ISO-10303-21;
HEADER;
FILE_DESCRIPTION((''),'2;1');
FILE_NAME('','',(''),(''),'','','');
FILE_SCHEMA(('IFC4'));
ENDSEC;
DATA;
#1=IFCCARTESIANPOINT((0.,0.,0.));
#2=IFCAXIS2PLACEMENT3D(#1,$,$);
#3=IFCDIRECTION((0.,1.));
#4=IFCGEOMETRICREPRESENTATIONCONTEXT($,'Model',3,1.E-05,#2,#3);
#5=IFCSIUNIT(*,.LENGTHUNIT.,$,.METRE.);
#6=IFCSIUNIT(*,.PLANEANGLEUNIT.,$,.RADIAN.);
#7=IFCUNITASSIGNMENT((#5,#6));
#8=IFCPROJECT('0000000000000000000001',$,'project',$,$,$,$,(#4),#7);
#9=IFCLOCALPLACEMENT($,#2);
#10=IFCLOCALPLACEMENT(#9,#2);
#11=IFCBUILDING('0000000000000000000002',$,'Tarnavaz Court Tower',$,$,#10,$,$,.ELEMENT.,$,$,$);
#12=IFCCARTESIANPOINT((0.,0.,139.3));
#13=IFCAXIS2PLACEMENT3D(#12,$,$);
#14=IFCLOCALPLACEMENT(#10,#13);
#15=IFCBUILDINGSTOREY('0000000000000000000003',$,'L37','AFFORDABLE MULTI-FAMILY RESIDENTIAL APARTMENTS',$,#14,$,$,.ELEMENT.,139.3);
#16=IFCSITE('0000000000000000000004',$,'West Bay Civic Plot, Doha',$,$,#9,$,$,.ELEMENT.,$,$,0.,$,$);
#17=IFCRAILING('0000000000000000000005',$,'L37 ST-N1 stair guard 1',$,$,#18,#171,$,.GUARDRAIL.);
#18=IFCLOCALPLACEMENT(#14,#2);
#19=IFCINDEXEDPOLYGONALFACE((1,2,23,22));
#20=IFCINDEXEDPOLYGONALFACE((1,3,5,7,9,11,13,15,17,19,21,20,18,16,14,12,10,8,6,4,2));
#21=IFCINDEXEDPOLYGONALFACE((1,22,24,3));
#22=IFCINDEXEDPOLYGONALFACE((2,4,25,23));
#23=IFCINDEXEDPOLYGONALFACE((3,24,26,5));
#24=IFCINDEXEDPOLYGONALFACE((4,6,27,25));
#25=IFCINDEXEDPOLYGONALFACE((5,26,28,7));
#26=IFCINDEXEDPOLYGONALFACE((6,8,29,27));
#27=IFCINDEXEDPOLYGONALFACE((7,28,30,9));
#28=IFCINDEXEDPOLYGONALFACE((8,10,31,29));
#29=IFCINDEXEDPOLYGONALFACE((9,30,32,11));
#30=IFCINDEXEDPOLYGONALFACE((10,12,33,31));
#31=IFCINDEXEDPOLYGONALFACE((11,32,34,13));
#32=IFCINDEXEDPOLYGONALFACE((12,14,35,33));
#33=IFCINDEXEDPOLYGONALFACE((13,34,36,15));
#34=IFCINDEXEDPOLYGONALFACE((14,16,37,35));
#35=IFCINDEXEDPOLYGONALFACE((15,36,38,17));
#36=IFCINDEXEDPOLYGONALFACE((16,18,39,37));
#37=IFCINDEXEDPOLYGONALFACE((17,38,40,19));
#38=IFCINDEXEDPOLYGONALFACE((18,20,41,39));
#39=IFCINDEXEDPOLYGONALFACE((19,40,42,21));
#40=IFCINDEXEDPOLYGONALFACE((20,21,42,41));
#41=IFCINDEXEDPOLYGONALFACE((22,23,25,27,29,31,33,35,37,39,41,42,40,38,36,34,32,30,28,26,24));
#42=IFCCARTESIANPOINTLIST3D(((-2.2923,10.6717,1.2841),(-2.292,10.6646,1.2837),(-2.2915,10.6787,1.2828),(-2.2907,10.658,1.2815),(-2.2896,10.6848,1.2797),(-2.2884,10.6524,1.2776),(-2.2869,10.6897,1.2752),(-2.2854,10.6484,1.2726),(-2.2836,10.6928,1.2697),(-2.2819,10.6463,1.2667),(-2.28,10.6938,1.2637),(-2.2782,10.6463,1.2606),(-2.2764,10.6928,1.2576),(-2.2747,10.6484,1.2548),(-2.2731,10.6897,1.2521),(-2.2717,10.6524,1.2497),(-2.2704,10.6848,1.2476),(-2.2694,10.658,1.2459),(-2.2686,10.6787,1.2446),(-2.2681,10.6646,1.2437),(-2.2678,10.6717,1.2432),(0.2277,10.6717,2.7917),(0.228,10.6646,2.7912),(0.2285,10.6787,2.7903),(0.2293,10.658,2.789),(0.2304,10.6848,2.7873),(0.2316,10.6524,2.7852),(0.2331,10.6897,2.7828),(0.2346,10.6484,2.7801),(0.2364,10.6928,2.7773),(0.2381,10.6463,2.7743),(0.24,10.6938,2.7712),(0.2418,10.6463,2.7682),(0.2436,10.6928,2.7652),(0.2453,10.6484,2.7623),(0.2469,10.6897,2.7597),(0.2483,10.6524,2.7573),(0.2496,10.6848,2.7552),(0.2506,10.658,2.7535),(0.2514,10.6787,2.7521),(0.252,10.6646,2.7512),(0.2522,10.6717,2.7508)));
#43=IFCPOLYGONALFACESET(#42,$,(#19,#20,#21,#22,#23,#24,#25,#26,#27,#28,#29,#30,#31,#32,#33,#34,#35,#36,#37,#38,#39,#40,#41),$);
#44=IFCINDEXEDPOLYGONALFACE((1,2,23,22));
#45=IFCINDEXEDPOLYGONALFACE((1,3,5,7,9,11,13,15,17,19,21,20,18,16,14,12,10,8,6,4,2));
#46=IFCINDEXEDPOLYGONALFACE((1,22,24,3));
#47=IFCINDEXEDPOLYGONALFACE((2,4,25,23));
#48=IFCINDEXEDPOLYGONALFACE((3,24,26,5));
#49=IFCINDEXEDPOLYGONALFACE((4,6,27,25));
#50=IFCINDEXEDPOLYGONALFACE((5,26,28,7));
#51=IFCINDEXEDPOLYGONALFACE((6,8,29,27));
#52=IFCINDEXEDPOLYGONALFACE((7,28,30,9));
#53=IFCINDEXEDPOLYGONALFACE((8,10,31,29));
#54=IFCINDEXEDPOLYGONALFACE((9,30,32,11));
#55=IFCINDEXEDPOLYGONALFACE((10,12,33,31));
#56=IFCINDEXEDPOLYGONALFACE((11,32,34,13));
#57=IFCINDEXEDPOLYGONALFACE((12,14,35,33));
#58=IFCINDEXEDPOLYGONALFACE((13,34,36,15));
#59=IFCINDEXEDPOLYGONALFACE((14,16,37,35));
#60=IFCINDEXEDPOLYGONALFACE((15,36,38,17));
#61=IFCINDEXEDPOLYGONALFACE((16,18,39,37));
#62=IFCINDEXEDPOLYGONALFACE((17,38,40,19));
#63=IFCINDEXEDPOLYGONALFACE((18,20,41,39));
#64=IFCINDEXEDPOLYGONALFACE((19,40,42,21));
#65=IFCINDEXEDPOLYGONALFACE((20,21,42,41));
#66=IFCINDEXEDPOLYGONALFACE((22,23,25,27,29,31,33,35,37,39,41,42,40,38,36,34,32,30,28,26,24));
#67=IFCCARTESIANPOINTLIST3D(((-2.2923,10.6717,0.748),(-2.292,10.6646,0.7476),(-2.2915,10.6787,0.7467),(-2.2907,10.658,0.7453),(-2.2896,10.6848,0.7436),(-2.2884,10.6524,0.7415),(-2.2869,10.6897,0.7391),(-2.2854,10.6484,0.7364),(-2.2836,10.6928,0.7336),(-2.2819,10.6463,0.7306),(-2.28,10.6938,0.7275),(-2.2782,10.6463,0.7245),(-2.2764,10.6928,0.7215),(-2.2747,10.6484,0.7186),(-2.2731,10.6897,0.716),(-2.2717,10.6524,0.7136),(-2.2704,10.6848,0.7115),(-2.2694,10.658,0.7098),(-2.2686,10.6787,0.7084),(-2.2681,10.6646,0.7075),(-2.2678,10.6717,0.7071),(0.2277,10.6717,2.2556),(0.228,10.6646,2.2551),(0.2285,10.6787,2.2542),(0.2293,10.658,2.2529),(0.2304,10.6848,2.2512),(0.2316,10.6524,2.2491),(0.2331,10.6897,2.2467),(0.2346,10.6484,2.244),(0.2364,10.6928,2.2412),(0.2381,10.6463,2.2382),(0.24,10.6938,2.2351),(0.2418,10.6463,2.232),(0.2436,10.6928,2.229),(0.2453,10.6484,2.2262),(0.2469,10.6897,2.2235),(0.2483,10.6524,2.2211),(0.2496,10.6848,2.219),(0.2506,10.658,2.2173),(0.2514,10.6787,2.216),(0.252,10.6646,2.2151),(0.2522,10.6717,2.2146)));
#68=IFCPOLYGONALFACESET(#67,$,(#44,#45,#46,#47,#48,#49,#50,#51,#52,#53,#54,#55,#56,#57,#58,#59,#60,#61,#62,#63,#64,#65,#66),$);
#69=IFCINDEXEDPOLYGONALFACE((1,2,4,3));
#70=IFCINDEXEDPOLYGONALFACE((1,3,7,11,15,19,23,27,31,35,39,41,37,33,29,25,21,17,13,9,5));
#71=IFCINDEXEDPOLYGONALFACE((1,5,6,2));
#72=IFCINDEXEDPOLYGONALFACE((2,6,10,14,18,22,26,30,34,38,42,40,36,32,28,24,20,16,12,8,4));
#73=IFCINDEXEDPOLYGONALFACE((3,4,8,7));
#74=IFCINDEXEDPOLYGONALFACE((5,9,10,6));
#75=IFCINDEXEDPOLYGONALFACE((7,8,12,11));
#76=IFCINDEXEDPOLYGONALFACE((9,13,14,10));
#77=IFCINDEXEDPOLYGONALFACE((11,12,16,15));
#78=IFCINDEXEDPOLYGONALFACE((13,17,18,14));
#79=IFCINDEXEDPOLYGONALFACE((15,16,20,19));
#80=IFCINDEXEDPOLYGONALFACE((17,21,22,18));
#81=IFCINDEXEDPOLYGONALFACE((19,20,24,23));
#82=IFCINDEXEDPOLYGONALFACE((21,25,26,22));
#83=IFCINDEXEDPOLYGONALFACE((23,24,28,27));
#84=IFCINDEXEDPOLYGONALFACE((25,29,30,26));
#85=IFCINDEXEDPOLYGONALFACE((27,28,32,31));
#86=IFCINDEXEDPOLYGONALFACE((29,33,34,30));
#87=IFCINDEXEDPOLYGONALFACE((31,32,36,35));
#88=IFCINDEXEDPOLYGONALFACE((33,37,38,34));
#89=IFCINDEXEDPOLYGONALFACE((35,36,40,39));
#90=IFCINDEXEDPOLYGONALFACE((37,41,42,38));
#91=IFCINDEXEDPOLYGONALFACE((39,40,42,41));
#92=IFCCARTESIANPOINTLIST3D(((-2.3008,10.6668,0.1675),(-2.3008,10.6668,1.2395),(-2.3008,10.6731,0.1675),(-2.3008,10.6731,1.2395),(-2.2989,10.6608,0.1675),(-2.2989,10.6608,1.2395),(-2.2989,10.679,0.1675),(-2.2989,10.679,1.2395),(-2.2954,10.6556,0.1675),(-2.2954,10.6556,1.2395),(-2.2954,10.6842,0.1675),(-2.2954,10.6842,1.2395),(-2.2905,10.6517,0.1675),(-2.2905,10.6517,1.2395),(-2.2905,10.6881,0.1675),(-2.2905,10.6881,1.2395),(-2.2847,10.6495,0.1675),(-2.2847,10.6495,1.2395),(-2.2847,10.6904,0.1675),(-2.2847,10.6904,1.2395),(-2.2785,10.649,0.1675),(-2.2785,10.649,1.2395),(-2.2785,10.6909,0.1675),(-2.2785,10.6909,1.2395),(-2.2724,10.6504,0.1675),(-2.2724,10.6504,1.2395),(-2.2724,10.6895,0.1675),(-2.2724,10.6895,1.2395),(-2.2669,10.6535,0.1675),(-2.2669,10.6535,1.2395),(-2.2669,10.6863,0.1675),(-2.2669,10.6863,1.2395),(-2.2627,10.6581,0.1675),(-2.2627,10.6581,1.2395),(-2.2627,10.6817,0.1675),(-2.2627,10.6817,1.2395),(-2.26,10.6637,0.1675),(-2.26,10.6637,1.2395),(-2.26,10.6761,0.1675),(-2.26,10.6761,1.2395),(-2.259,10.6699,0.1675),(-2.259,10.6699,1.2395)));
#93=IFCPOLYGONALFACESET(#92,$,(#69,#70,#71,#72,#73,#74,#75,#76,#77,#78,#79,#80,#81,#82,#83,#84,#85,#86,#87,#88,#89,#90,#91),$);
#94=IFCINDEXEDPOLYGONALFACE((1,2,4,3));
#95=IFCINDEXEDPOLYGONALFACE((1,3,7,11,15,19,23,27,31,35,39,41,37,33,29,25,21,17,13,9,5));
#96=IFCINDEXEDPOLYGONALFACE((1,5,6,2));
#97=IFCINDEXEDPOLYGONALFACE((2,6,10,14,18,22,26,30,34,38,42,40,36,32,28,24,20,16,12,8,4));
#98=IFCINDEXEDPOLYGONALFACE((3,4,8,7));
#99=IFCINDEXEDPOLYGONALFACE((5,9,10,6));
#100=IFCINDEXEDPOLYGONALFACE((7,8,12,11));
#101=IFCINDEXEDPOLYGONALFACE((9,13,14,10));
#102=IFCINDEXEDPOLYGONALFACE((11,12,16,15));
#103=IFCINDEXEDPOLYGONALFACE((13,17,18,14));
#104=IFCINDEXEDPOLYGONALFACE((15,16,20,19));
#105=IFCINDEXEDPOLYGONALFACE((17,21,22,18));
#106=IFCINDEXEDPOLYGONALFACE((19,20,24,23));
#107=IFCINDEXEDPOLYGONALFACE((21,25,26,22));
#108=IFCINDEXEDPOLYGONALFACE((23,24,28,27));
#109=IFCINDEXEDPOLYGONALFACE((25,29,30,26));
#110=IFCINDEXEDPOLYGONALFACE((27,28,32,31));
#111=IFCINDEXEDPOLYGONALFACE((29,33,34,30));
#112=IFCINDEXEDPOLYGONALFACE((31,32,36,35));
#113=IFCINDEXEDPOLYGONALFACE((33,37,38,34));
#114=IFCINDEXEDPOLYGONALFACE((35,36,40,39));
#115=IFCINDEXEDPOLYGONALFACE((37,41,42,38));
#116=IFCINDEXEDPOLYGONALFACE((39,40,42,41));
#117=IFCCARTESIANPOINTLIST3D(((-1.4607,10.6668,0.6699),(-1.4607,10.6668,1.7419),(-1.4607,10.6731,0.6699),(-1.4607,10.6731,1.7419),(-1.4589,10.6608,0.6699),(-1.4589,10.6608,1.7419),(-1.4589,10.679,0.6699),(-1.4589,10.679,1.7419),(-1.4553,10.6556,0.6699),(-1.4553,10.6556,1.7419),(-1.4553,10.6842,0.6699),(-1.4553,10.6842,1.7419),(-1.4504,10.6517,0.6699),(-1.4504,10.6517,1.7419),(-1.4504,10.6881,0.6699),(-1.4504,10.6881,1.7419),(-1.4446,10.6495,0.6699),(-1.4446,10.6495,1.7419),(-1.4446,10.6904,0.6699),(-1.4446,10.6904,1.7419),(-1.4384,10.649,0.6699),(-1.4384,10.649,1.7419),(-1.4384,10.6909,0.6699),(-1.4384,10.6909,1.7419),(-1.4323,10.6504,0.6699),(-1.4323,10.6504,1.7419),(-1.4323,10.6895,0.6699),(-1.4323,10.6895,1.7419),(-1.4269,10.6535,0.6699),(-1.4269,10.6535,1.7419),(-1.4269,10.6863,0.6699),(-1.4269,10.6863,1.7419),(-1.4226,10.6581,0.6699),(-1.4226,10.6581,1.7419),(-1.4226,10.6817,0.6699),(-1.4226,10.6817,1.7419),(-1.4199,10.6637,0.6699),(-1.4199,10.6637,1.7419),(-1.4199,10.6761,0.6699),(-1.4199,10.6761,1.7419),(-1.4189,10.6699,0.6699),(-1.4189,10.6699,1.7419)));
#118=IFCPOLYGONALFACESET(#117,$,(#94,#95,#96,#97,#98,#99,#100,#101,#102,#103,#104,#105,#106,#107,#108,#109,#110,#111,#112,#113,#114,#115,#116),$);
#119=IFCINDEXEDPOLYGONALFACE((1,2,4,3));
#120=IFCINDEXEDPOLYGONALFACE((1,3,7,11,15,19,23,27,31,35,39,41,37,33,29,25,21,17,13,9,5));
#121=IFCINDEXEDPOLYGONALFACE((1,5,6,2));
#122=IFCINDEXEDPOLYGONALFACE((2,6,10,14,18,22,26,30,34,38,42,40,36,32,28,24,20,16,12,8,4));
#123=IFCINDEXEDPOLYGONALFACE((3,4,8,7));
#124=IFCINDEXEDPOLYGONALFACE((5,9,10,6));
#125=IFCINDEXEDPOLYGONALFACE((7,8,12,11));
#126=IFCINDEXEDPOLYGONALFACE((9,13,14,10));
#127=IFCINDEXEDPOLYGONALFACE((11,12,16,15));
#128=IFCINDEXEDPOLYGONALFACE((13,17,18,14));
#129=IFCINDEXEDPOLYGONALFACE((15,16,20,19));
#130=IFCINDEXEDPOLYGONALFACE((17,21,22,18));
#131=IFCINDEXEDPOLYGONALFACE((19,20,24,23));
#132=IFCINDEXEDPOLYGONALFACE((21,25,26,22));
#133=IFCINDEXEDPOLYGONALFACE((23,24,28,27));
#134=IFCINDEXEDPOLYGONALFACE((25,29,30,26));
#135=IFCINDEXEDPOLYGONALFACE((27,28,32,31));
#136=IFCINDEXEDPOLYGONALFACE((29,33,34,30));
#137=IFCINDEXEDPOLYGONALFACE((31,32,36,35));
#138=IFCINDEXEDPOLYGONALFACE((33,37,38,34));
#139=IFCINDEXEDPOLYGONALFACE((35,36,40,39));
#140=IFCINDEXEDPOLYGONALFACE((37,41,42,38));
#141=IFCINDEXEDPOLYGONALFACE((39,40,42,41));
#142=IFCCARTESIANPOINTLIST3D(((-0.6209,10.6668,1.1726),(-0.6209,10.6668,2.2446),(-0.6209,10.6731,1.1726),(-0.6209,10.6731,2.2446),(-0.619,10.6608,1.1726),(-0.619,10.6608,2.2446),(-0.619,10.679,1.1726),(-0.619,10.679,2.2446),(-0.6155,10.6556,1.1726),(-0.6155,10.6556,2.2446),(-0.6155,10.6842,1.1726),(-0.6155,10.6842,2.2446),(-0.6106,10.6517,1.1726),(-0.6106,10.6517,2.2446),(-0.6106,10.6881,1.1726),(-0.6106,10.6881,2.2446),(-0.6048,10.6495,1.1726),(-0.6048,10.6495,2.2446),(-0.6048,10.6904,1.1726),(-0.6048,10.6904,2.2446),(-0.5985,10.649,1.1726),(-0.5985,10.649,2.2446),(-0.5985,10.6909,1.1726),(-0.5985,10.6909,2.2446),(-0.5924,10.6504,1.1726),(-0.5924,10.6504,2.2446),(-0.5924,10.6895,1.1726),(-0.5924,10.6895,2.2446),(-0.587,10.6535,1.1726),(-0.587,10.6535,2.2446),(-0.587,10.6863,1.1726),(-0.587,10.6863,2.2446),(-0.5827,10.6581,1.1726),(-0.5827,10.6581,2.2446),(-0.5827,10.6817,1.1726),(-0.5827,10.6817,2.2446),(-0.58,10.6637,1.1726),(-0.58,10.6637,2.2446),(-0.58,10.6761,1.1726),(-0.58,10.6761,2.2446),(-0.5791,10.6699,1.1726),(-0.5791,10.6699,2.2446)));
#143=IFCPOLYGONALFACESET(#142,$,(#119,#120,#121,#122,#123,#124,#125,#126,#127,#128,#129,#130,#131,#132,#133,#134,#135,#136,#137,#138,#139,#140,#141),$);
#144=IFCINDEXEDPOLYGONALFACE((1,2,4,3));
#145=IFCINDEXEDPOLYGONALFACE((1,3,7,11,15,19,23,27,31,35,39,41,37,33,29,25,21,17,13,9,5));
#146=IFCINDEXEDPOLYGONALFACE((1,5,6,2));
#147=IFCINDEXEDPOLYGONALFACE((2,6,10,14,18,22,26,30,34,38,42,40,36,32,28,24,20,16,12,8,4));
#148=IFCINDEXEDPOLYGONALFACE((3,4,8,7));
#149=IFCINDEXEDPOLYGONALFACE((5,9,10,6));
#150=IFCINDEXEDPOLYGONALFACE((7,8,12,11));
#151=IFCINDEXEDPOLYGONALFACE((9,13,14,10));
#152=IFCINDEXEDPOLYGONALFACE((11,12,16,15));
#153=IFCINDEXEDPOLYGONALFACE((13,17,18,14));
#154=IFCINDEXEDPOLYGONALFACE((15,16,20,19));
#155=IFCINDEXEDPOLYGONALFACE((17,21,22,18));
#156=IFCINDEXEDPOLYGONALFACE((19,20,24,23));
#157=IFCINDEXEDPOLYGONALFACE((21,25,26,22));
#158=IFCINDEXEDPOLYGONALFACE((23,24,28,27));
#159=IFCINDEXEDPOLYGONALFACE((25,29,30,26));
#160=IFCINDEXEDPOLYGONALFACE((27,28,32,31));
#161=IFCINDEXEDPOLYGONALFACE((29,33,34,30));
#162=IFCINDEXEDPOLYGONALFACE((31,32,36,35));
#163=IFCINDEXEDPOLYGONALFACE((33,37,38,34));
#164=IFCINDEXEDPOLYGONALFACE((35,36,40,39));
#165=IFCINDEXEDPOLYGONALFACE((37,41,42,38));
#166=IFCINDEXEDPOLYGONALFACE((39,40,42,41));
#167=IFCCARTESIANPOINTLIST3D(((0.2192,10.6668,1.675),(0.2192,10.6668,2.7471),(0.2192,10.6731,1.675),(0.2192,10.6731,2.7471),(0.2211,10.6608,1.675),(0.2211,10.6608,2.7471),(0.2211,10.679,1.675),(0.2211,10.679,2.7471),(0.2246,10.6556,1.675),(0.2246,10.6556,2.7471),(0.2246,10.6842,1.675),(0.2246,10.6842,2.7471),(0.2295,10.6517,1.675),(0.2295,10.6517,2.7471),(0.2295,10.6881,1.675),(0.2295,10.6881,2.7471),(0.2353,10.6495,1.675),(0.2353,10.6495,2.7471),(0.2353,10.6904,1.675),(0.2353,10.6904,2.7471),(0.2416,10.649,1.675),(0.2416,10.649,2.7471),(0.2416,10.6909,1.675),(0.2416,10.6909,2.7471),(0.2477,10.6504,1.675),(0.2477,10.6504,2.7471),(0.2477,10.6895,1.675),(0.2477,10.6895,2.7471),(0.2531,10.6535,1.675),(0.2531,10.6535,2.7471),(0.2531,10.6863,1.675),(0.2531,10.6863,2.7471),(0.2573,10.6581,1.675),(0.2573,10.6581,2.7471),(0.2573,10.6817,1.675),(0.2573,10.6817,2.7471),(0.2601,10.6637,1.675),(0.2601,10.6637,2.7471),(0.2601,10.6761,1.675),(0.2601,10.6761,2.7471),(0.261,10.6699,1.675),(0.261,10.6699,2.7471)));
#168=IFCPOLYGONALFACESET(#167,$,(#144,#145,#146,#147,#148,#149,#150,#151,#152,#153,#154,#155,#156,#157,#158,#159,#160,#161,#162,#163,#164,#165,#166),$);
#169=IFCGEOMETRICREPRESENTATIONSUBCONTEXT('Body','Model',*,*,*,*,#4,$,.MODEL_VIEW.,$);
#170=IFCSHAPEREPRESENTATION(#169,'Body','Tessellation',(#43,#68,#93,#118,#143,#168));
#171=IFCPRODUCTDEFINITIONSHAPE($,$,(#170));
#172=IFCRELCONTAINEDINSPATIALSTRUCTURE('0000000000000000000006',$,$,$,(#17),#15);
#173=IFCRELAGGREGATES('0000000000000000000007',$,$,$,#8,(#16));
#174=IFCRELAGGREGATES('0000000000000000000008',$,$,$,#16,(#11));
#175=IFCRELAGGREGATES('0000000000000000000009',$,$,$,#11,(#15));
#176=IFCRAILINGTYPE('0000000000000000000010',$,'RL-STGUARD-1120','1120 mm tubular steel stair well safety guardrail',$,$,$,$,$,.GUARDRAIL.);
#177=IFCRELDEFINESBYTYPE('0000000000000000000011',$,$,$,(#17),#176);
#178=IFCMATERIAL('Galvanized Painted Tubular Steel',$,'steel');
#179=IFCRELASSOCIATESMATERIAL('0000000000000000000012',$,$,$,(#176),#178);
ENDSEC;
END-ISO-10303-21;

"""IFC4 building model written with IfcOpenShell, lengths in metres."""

from ifc_helpers import new_model, si_unit, direction, frame, origin, origin_2d, place, context, subcontext, project, spatial, circle, extrude, material, type_object, element, save


model = new_model("IFC4")

# Units and contexts
model_context = context("Model", 3, precision=1e-05, world=origin(), true_north=direction((0.0, 1.0)))
body_context = subcontext(model_context, "Body", "Model", "MODEL_VIEW")
ifc_project = project(units=[si_unit("LENGTHUNIT", "METRE"), si_unit("PLANEANGLEUNIT", "RADIAN")], contexts=[model_context])

# Site, building, storey
site_placement = place(None, origin())
site = spatial("IfcSite", under=ifc_project, at=site_placement, Name="West Bay Civic Plot, Doha", CompositionType="ELEMENT", RefElevation=0.0)
building_placement = place(site_placement, origin())
building = spatial("IfcBuilding", under=site, at=building_placement, Name="Tarnavaz Court Tower", CompositionType="ELEMENT")
storey_placement = place(building_placement, frame((0.0, 0.0, 139.3)))
storey = spatial("IfcBuildingStorey", under=building, at=storey_placement, Name="L37", Description="AFFORDABLE MULTI-FAMILY RESIDENTIAL APARTMENTS", CompositionType="ELEMENT", Elevation=139.3)

# Railing
ifc_material_1 = material(Name="Galvanized Painted Tubular Steel", Category="steel")
railing_type_1 = type_object("IfcRailingType", Name="RL-STGUARD-1120", Description="1120 mm tubular steel stair well safety guardrail", PredefinedType="GUARDRAIL", material=ifc_material_1)
railing_1_placement = place(storey_placement, frame((-2.28, 10.6699, 0.1675)))
element("IfcRailing", 1, at=railing_1_placement, inside=storey, type_object=railing_type_1, Name="L37 ST-N1 stair guard 1", PredefinedType="GUARDRAIL", context=body_context, shape_type="SweptSolid", body=[
    extrude(circle(Radius=0.0239, at=origin_2d()), frame((0.0, 0.0, 1.0962), z_axis=(0.85816, 0.0, 0.513383), x_axis=(0.0, 1.0, 0.0)), (0.0, 0.0, 1.0), 2.9365),
    extrude(circle(Radius=0.0239, at=origin_2d()), frame((0.0, 0.0, 0.5601), z_axis=(0.85816, 0.0, 0.513383), x_axis=(0.0, 1.0, 0.0)), (0.0, 0.0, 1.0), 2.9365),
    extrude(circle(Radius=0.021, at=origin_2d()), origin(), (0.0, 0.0, 1.0), 1.072),
    extrude(circle(Radius=0.021, at=origin_2d()), frame((0.8401, 0.0, 0.5024)), (0.0, 0.0, 1.0), 1.072),
    extrude(circle(Radius=0.021, at=origin_2d()), frame((1.6799, 0.0, 1.0051)), (0.0, 0.0, 1.0), 1.072),
    extrude(circle(Radius=0.021, at=origin_2d()), frame((2.52, 0.0, 1.5076)), (0.0, 0.0, 1.0), 1.072),
])

save(model, "model.ifc")
